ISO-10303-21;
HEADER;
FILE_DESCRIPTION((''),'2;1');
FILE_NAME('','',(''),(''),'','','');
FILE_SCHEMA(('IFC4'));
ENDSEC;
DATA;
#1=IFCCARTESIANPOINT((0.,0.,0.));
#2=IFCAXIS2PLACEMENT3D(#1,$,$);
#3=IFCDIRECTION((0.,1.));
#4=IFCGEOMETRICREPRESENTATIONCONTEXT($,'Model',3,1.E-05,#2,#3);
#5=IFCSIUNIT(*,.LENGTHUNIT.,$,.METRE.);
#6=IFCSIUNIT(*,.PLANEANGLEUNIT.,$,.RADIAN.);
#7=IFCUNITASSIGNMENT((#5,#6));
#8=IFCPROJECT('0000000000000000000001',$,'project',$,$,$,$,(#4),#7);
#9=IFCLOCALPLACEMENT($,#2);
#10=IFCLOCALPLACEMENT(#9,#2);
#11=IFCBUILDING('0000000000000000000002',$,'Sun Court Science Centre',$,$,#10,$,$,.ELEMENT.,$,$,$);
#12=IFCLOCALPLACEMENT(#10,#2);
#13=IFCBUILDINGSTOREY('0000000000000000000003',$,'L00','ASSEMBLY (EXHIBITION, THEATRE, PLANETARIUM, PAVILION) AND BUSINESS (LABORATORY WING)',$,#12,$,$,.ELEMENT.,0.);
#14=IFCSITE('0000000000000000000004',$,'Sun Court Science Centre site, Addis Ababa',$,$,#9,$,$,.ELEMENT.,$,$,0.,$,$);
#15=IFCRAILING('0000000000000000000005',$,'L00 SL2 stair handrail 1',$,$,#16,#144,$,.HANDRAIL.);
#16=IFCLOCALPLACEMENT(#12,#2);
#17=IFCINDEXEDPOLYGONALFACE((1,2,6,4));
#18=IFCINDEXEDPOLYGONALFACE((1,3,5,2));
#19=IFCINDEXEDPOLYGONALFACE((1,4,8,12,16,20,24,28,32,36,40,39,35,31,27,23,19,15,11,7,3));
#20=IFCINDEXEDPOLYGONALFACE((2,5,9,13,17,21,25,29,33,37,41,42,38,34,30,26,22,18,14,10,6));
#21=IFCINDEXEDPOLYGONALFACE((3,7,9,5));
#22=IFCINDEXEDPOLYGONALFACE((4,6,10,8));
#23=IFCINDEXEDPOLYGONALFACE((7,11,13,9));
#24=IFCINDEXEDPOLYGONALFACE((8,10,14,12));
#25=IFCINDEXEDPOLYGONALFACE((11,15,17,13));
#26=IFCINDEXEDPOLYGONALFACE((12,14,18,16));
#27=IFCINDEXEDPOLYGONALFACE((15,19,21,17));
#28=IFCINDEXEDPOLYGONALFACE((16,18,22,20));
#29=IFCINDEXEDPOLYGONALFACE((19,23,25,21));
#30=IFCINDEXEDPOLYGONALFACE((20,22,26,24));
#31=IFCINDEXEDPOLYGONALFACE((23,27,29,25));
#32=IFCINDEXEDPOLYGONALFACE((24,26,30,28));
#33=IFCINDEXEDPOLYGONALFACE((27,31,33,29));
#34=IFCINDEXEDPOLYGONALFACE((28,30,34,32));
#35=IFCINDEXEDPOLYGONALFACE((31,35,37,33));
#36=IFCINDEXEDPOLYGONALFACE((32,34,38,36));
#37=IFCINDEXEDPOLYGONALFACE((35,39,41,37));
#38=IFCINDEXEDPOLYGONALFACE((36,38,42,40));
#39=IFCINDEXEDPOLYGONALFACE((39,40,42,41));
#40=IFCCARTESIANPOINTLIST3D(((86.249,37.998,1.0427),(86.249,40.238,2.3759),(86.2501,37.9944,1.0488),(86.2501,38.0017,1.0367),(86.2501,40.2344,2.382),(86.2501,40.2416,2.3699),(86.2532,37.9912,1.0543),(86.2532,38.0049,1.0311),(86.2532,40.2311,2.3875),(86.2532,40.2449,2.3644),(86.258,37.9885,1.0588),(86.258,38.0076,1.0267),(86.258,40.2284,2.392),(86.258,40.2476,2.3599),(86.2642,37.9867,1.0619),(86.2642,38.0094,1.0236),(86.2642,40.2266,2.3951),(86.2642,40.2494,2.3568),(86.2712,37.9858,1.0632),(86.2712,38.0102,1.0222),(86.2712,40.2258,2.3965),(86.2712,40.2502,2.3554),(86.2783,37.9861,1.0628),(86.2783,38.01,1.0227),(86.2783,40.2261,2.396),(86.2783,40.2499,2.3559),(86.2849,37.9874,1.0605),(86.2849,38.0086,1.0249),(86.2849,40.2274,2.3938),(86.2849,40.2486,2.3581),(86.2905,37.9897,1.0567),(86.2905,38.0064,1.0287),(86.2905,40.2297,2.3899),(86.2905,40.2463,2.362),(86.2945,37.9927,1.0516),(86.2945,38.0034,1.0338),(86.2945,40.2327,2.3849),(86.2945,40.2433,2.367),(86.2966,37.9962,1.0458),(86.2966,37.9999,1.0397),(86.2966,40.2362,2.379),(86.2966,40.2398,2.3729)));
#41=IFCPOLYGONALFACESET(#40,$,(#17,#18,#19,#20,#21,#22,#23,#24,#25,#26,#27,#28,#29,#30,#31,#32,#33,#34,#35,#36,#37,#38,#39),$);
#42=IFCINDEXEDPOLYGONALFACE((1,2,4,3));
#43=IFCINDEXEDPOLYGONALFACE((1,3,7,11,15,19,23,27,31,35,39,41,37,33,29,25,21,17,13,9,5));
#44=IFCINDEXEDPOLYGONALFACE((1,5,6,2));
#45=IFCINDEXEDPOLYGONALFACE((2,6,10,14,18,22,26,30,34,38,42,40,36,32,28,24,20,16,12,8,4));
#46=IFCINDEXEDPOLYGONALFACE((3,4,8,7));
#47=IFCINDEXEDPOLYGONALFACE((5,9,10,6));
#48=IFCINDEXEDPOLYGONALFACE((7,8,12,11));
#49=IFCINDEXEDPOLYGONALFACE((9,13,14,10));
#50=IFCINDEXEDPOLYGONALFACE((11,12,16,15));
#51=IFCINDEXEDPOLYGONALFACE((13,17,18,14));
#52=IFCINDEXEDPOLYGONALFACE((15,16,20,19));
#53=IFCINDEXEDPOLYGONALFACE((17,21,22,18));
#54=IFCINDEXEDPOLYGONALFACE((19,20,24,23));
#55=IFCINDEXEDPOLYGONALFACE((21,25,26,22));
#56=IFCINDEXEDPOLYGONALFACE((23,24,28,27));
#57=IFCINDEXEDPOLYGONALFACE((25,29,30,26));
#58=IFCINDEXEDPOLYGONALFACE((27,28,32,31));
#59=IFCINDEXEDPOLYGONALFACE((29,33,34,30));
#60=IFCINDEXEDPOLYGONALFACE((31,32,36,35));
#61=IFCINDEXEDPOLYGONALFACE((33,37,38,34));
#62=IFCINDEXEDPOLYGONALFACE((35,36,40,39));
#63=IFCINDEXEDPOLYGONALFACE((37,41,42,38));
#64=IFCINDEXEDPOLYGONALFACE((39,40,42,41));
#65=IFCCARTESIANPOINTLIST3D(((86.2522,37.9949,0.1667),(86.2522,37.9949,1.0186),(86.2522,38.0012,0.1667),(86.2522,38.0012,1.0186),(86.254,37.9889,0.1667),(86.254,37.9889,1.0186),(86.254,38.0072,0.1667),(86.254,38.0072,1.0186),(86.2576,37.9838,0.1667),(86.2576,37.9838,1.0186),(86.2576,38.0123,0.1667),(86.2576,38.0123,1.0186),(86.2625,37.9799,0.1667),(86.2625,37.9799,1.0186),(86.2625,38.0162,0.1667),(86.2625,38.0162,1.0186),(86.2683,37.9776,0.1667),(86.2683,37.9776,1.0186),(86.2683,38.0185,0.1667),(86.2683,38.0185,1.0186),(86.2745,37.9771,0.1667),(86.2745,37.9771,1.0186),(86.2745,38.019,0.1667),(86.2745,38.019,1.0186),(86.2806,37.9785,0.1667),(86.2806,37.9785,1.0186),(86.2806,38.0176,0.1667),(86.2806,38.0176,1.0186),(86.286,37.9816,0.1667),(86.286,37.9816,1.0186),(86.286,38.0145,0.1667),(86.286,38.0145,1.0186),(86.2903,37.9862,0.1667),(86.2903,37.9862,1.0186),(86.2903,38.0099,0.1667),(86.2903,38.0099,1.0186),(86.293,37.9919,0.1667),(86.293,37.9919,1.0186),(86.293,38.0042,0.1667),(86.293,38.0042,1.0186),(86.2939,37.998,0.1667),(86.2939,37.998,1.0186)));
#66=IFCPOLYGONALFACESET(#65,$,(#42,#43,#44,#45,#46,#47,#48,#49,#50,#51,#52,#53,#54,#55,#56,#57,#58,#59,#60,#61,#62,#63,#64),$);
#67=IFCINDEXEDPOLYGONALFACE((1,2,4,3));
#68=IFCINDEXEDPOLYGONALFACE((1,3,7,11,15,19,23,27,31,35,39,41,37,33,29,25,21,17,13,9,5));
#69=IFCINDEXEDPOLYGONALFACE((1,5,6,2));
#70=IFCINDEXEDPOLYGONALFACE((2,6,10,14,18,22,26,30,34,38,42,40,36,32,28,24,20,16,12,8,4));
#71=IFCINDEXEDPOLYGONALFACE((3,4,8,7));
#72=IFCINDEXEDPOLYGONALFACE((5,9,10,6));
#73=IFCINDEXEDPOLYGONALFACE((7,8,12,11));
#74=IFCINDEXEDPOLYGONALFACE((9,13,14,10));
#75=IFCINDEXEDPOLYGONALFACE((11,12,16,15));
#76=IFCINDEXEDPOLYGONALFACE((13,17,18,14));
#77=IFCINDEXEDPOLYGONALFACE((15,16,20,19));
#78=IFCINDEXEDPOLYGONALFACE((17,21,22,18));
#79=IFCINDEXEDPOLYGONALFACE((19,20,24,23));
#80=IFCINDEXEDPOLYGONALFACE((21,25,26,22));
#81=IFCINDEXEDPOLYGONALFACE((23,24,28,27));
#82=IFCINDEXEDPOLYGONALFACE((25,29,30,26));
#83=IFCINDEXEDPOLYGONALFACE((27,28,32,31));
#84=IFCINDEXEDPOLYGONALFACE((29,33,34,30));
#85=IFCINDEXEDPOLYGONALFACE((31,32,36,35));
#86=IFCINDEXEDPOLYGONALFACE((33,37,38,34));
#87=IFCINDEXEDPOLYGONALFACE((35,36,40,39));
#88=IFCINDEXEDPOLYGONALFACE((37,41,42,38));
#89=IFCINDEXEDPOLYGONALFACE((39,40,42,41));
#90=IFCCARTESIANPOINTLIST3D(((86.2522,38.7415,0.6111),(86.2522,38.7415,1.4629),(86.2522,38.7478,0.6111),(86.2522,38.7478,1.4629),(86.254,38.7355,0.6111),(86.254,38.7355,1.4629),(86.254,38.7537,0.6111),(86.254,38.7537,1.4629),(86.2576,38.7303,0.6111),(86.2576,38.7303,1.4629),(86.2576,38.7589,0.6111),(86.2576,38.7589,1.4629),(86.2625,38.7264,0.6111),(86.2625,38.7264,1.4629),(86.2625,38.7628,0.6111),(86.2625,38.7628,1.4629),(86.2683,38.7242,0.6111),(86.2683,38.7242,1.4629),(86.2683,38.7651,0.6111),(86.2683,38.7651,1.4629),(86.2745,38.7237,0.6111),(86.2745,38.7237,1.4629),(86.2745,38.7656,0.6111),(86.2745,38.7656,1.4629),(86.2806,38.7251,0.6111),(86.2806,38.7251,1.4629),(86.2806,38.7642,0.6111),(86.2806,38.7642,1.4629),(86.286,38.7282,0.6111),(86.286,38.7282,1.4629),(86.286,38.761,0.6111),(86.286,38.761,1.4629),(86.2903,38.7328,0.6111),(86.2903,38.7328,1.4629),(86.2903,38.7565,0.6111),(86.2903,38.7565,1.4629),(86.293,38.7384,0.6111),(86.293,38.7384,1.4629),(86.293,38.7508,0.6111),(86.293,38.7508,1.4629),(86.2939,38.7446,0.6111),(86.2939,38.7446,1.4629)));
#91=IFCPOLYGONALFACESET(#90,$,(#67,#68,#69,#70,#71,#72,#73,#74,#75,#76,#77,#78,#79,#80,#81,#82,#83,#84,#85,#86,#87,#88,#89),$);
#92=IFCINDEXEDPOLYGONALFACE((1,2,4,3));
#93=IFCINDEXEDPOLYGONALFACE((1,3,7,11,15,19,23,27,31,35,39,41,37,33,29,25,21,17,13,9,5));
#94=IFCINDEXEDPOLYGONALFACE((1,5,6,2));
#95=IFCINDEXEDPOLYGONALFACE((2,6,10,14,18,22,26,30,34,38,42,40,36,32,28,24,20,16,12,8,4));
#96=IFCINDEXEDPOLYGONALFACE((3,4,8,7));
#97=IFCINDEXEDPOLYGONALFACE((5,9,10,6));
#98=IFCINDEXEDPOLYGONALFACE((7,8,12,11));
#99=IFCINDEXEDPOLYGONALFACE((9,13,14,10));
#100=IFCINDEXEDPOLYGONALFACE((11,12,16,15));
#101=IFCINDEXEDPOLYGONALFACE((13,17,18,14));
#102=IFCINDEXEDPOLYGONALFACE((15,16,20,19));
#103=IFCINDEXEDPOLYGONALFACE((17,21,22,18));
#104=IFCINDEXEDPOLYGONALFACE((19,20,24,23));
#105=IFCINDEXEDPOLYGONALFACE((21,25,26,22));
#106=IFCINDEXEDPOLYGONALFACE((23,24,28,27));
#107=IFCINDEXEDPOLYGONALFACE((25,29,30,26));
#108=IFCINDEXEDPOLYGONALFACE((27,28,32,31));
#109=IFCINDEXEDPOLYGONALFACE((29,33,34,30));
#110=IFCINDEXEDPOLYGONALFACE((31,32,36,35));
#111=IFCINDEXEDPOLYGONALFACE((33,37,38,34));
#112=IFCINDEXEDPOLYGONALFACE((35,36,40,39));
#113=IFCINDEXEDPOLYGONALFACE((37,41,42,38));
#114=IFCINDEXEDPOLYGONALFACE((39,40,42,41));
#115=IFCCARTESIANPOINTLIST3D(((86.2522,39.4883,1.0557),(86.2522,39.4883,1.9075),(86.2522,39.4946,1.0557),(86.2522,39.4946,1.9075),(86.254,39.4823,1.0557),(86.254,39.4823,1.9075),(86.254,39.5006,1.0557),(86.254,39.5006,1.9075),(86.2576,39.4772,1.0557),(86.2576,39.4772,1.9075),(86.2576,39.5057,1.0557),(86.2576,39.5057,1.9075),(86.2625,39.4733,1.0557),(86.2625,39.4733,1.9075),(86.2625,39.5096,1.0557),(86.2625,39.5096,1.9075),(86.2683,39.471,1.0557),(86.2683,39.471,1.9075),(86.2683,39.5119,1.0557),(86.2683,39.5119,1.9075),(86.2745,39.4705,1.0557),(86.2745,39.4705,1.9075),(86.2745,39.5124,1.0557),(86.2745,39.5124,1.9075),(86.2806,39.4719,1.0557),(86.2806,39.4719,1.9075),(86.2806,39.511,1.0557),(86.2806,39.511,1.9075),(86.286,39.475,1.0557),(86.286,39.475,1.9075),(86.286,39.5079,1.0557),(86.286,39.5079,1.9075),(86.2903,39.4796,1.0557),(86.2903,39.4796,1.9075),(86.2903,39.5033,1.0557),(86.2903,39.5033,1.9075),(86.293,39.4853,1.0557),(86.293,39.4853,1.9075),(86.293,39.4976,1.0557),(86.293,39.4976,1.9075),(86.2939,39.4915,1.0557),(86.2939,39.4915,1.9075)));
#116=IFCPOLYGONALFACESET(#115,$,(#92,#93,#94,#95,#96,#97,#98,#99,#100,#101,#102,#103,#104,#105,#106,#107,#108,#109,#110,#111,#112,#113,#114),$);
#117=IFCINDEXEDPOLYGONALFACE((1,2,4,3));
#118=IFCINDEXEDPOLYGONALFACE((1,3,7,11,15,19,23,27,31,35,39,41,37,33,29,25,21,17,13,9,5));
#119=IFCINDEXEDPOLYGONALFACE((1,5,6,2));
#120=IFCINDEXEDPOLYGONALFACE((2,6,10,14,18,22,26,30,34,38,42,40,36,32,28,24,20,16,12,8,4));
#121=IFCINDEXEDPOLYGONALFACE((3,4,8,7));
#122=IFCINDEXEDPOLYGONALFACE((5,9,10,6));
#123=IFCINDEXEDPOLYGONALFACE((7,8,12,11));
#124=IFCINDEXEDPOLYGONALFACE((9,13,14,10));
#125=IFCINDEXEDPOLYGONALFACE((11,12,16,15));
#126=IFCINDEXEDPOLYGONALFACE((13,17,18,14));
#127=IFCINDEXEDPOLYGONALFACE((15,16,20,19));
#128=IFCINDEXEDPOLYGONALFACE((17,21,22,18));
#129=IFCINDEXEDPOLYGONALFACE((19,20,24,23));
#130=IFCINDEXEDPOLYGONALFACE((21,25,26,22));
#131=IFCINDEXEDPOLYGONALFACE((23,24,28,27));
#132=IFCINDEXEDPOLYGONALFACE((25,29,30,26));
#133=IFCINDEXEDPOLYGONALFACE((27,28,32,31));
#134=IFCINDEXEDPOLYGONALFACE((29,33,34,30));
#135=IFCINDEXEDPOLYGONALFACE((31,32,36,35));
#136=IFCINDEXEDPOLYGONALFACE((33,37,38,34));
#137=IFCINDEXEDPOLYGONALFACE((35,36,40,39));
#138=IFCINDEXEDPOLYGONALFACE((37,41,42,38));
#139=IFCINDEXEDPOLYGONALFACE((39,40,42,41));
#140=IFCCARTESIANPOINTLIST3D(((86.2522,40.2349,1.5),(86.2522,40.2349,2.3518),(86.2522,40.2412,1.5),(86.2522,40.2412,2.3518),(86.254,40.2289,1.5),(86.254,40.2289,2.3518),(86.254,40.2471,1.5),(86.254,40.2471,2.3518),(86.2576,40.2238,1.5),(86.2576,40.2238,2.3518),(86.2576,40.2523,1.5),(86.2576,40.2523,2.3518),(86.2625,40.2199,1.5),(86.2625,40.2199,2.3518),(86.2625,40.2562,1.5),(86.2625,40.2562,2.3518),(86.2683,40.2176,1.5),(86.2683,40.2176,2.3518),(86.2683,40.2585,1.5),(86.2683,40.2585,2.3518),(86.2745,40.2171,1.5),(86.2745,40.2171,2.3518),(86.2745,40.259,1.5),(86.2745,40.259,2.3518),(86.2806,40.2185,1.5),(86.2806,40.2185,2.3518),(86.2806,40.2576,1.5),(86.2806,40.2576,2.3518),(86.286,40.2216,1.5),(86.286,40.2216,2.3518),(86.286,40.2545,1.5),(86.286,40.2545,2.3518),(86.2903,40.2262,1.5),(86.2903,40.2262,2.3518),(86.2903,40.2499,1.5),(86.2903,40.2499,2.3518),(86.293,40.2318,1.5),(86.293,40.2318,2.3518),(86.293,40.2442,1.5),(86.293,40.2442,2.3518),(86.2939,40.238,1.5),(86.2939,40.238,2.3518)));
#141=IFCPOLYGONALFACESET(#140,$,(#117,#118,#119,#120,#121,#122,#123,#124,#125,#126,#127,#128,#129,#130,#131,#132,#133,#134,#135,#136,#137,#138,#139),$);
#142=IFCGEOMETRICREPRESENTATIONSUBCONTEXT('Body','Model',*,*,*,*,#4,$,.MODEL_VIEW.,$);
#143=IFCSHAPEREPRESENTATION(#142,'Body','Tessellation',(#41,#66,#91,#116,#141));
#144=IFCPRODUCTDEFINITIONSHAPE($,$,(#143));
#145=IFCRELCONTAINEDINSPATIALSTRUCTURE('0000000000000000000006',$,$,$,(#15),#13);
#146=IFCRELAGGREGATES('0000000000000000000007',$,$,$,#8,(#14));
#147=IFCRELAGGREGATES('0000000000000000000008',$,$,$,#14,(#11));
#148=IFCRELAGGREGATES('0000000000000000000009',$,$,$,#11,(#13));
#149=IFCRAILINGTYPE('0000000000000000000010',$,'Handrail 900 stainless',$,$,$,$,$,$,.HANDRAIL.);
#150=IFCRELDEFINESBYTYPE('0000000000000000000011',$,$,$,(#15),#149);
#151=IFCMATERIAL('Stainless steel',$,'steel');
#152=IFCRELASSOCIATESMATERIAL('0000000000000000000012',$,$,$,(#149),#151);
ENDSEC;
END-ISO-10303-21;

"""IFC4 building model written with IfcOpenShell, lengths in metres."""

from ifc_helpers import new_model, si_unit, direction, frame, origin, origin_2d, place, context, subcontext, project, spatial, circle, extrude, material, type_object, element, save


model = new_model("IFC4")

# Units and contexts
model_context = context("Model", 3, precision=1e-05, world=origin(), true_north=direction((0.0, 1.0)))
body_context = subcontext(model_context, "Body", "Model", "MODEL_VIEW")
ifc_project = project(units=[si_unit("LENGTHUNIT", "METRE"), si_unit("PLANEANGLEUNIT", "RADIAN")], contexts=[model_context])

# Site, building, storey
site_placement = place(None, origin())
site = spatial("IfcSite", under=ifc_project, at=site_placement, Name="Sun Court Science Centre site, Addis Ababa", CompositionType="ELEMENT", RefElevation=0.0)
building_placement = place(site_placement, origin())
building = spatial("IfcBuilding", under=site, at=building_placement, Name="Sun Court Science Centre", CompositionType="ELEMENT")
storey_placement = place(building_placement, origin())
storey = spatial("IfcBuildingStorey", under=building, at=storey_placement, Name="L00", Description="ASSEMBLY (EXHIBITION, THEATRE, PLANETARIUM, PAVILION) AND BUSINESS (LABORATORY WING)", CompositionType="ELEMENT", Elevation=0.0)

# Railing
ifc_material_1 = material(Name="Stainless steel", Category="steel")
railing_type_1 = type_object("IfcRailingType", Name="Handrail 900 stainless", PredefinedType="HANDRAIL", material=ifc_material_1)
for number, where, name in (
    (1, (86.2729, 37.998, 0.1667), "L00 SL2 stair handrail 1"),
):
    element("IfcRailing", number, at=place(storey_placement, frame(where)), inside=storey, type_object=railing_type_1, Name=name, PredefinedType="HANDRAIL", context=body_context, shape_type="SweptSolid", body=[
        extrude(circle(Radius=0.0239, at=origin_2d()), frame((0.0, 0.0, 0.876), z_axis=(0.0, 0.859306, 0.511462), x_axis=(-1.0, 0.0, 0.0)), (0.0, 0.0, 1.0), 2.6067),
        extrude(circle(Radius=0.021, at=origin_2d()), origin(), (0.0, 0.0, 1.0), 0.8518),
        extrude(circle(Radius=0.021, at=origin_2d()), frame((0.0, 0.7466, 0.4443)), (0.0, 0.0, 1.0), 0.8518),
        extrude(circle(Radius=0.021, at=origin_2d()), frame((0.0, 1.4934, 0.8889)), (0.0, 0.0, 1.0), 0.8518),
        extrude(circle(Radius=0.021, at=origin_2d()), frame((0.0, 2.24, 1.3333)), (0.0, 0.0, 1.0), 0.8518),
    ])

save(model, "model.ifc")
